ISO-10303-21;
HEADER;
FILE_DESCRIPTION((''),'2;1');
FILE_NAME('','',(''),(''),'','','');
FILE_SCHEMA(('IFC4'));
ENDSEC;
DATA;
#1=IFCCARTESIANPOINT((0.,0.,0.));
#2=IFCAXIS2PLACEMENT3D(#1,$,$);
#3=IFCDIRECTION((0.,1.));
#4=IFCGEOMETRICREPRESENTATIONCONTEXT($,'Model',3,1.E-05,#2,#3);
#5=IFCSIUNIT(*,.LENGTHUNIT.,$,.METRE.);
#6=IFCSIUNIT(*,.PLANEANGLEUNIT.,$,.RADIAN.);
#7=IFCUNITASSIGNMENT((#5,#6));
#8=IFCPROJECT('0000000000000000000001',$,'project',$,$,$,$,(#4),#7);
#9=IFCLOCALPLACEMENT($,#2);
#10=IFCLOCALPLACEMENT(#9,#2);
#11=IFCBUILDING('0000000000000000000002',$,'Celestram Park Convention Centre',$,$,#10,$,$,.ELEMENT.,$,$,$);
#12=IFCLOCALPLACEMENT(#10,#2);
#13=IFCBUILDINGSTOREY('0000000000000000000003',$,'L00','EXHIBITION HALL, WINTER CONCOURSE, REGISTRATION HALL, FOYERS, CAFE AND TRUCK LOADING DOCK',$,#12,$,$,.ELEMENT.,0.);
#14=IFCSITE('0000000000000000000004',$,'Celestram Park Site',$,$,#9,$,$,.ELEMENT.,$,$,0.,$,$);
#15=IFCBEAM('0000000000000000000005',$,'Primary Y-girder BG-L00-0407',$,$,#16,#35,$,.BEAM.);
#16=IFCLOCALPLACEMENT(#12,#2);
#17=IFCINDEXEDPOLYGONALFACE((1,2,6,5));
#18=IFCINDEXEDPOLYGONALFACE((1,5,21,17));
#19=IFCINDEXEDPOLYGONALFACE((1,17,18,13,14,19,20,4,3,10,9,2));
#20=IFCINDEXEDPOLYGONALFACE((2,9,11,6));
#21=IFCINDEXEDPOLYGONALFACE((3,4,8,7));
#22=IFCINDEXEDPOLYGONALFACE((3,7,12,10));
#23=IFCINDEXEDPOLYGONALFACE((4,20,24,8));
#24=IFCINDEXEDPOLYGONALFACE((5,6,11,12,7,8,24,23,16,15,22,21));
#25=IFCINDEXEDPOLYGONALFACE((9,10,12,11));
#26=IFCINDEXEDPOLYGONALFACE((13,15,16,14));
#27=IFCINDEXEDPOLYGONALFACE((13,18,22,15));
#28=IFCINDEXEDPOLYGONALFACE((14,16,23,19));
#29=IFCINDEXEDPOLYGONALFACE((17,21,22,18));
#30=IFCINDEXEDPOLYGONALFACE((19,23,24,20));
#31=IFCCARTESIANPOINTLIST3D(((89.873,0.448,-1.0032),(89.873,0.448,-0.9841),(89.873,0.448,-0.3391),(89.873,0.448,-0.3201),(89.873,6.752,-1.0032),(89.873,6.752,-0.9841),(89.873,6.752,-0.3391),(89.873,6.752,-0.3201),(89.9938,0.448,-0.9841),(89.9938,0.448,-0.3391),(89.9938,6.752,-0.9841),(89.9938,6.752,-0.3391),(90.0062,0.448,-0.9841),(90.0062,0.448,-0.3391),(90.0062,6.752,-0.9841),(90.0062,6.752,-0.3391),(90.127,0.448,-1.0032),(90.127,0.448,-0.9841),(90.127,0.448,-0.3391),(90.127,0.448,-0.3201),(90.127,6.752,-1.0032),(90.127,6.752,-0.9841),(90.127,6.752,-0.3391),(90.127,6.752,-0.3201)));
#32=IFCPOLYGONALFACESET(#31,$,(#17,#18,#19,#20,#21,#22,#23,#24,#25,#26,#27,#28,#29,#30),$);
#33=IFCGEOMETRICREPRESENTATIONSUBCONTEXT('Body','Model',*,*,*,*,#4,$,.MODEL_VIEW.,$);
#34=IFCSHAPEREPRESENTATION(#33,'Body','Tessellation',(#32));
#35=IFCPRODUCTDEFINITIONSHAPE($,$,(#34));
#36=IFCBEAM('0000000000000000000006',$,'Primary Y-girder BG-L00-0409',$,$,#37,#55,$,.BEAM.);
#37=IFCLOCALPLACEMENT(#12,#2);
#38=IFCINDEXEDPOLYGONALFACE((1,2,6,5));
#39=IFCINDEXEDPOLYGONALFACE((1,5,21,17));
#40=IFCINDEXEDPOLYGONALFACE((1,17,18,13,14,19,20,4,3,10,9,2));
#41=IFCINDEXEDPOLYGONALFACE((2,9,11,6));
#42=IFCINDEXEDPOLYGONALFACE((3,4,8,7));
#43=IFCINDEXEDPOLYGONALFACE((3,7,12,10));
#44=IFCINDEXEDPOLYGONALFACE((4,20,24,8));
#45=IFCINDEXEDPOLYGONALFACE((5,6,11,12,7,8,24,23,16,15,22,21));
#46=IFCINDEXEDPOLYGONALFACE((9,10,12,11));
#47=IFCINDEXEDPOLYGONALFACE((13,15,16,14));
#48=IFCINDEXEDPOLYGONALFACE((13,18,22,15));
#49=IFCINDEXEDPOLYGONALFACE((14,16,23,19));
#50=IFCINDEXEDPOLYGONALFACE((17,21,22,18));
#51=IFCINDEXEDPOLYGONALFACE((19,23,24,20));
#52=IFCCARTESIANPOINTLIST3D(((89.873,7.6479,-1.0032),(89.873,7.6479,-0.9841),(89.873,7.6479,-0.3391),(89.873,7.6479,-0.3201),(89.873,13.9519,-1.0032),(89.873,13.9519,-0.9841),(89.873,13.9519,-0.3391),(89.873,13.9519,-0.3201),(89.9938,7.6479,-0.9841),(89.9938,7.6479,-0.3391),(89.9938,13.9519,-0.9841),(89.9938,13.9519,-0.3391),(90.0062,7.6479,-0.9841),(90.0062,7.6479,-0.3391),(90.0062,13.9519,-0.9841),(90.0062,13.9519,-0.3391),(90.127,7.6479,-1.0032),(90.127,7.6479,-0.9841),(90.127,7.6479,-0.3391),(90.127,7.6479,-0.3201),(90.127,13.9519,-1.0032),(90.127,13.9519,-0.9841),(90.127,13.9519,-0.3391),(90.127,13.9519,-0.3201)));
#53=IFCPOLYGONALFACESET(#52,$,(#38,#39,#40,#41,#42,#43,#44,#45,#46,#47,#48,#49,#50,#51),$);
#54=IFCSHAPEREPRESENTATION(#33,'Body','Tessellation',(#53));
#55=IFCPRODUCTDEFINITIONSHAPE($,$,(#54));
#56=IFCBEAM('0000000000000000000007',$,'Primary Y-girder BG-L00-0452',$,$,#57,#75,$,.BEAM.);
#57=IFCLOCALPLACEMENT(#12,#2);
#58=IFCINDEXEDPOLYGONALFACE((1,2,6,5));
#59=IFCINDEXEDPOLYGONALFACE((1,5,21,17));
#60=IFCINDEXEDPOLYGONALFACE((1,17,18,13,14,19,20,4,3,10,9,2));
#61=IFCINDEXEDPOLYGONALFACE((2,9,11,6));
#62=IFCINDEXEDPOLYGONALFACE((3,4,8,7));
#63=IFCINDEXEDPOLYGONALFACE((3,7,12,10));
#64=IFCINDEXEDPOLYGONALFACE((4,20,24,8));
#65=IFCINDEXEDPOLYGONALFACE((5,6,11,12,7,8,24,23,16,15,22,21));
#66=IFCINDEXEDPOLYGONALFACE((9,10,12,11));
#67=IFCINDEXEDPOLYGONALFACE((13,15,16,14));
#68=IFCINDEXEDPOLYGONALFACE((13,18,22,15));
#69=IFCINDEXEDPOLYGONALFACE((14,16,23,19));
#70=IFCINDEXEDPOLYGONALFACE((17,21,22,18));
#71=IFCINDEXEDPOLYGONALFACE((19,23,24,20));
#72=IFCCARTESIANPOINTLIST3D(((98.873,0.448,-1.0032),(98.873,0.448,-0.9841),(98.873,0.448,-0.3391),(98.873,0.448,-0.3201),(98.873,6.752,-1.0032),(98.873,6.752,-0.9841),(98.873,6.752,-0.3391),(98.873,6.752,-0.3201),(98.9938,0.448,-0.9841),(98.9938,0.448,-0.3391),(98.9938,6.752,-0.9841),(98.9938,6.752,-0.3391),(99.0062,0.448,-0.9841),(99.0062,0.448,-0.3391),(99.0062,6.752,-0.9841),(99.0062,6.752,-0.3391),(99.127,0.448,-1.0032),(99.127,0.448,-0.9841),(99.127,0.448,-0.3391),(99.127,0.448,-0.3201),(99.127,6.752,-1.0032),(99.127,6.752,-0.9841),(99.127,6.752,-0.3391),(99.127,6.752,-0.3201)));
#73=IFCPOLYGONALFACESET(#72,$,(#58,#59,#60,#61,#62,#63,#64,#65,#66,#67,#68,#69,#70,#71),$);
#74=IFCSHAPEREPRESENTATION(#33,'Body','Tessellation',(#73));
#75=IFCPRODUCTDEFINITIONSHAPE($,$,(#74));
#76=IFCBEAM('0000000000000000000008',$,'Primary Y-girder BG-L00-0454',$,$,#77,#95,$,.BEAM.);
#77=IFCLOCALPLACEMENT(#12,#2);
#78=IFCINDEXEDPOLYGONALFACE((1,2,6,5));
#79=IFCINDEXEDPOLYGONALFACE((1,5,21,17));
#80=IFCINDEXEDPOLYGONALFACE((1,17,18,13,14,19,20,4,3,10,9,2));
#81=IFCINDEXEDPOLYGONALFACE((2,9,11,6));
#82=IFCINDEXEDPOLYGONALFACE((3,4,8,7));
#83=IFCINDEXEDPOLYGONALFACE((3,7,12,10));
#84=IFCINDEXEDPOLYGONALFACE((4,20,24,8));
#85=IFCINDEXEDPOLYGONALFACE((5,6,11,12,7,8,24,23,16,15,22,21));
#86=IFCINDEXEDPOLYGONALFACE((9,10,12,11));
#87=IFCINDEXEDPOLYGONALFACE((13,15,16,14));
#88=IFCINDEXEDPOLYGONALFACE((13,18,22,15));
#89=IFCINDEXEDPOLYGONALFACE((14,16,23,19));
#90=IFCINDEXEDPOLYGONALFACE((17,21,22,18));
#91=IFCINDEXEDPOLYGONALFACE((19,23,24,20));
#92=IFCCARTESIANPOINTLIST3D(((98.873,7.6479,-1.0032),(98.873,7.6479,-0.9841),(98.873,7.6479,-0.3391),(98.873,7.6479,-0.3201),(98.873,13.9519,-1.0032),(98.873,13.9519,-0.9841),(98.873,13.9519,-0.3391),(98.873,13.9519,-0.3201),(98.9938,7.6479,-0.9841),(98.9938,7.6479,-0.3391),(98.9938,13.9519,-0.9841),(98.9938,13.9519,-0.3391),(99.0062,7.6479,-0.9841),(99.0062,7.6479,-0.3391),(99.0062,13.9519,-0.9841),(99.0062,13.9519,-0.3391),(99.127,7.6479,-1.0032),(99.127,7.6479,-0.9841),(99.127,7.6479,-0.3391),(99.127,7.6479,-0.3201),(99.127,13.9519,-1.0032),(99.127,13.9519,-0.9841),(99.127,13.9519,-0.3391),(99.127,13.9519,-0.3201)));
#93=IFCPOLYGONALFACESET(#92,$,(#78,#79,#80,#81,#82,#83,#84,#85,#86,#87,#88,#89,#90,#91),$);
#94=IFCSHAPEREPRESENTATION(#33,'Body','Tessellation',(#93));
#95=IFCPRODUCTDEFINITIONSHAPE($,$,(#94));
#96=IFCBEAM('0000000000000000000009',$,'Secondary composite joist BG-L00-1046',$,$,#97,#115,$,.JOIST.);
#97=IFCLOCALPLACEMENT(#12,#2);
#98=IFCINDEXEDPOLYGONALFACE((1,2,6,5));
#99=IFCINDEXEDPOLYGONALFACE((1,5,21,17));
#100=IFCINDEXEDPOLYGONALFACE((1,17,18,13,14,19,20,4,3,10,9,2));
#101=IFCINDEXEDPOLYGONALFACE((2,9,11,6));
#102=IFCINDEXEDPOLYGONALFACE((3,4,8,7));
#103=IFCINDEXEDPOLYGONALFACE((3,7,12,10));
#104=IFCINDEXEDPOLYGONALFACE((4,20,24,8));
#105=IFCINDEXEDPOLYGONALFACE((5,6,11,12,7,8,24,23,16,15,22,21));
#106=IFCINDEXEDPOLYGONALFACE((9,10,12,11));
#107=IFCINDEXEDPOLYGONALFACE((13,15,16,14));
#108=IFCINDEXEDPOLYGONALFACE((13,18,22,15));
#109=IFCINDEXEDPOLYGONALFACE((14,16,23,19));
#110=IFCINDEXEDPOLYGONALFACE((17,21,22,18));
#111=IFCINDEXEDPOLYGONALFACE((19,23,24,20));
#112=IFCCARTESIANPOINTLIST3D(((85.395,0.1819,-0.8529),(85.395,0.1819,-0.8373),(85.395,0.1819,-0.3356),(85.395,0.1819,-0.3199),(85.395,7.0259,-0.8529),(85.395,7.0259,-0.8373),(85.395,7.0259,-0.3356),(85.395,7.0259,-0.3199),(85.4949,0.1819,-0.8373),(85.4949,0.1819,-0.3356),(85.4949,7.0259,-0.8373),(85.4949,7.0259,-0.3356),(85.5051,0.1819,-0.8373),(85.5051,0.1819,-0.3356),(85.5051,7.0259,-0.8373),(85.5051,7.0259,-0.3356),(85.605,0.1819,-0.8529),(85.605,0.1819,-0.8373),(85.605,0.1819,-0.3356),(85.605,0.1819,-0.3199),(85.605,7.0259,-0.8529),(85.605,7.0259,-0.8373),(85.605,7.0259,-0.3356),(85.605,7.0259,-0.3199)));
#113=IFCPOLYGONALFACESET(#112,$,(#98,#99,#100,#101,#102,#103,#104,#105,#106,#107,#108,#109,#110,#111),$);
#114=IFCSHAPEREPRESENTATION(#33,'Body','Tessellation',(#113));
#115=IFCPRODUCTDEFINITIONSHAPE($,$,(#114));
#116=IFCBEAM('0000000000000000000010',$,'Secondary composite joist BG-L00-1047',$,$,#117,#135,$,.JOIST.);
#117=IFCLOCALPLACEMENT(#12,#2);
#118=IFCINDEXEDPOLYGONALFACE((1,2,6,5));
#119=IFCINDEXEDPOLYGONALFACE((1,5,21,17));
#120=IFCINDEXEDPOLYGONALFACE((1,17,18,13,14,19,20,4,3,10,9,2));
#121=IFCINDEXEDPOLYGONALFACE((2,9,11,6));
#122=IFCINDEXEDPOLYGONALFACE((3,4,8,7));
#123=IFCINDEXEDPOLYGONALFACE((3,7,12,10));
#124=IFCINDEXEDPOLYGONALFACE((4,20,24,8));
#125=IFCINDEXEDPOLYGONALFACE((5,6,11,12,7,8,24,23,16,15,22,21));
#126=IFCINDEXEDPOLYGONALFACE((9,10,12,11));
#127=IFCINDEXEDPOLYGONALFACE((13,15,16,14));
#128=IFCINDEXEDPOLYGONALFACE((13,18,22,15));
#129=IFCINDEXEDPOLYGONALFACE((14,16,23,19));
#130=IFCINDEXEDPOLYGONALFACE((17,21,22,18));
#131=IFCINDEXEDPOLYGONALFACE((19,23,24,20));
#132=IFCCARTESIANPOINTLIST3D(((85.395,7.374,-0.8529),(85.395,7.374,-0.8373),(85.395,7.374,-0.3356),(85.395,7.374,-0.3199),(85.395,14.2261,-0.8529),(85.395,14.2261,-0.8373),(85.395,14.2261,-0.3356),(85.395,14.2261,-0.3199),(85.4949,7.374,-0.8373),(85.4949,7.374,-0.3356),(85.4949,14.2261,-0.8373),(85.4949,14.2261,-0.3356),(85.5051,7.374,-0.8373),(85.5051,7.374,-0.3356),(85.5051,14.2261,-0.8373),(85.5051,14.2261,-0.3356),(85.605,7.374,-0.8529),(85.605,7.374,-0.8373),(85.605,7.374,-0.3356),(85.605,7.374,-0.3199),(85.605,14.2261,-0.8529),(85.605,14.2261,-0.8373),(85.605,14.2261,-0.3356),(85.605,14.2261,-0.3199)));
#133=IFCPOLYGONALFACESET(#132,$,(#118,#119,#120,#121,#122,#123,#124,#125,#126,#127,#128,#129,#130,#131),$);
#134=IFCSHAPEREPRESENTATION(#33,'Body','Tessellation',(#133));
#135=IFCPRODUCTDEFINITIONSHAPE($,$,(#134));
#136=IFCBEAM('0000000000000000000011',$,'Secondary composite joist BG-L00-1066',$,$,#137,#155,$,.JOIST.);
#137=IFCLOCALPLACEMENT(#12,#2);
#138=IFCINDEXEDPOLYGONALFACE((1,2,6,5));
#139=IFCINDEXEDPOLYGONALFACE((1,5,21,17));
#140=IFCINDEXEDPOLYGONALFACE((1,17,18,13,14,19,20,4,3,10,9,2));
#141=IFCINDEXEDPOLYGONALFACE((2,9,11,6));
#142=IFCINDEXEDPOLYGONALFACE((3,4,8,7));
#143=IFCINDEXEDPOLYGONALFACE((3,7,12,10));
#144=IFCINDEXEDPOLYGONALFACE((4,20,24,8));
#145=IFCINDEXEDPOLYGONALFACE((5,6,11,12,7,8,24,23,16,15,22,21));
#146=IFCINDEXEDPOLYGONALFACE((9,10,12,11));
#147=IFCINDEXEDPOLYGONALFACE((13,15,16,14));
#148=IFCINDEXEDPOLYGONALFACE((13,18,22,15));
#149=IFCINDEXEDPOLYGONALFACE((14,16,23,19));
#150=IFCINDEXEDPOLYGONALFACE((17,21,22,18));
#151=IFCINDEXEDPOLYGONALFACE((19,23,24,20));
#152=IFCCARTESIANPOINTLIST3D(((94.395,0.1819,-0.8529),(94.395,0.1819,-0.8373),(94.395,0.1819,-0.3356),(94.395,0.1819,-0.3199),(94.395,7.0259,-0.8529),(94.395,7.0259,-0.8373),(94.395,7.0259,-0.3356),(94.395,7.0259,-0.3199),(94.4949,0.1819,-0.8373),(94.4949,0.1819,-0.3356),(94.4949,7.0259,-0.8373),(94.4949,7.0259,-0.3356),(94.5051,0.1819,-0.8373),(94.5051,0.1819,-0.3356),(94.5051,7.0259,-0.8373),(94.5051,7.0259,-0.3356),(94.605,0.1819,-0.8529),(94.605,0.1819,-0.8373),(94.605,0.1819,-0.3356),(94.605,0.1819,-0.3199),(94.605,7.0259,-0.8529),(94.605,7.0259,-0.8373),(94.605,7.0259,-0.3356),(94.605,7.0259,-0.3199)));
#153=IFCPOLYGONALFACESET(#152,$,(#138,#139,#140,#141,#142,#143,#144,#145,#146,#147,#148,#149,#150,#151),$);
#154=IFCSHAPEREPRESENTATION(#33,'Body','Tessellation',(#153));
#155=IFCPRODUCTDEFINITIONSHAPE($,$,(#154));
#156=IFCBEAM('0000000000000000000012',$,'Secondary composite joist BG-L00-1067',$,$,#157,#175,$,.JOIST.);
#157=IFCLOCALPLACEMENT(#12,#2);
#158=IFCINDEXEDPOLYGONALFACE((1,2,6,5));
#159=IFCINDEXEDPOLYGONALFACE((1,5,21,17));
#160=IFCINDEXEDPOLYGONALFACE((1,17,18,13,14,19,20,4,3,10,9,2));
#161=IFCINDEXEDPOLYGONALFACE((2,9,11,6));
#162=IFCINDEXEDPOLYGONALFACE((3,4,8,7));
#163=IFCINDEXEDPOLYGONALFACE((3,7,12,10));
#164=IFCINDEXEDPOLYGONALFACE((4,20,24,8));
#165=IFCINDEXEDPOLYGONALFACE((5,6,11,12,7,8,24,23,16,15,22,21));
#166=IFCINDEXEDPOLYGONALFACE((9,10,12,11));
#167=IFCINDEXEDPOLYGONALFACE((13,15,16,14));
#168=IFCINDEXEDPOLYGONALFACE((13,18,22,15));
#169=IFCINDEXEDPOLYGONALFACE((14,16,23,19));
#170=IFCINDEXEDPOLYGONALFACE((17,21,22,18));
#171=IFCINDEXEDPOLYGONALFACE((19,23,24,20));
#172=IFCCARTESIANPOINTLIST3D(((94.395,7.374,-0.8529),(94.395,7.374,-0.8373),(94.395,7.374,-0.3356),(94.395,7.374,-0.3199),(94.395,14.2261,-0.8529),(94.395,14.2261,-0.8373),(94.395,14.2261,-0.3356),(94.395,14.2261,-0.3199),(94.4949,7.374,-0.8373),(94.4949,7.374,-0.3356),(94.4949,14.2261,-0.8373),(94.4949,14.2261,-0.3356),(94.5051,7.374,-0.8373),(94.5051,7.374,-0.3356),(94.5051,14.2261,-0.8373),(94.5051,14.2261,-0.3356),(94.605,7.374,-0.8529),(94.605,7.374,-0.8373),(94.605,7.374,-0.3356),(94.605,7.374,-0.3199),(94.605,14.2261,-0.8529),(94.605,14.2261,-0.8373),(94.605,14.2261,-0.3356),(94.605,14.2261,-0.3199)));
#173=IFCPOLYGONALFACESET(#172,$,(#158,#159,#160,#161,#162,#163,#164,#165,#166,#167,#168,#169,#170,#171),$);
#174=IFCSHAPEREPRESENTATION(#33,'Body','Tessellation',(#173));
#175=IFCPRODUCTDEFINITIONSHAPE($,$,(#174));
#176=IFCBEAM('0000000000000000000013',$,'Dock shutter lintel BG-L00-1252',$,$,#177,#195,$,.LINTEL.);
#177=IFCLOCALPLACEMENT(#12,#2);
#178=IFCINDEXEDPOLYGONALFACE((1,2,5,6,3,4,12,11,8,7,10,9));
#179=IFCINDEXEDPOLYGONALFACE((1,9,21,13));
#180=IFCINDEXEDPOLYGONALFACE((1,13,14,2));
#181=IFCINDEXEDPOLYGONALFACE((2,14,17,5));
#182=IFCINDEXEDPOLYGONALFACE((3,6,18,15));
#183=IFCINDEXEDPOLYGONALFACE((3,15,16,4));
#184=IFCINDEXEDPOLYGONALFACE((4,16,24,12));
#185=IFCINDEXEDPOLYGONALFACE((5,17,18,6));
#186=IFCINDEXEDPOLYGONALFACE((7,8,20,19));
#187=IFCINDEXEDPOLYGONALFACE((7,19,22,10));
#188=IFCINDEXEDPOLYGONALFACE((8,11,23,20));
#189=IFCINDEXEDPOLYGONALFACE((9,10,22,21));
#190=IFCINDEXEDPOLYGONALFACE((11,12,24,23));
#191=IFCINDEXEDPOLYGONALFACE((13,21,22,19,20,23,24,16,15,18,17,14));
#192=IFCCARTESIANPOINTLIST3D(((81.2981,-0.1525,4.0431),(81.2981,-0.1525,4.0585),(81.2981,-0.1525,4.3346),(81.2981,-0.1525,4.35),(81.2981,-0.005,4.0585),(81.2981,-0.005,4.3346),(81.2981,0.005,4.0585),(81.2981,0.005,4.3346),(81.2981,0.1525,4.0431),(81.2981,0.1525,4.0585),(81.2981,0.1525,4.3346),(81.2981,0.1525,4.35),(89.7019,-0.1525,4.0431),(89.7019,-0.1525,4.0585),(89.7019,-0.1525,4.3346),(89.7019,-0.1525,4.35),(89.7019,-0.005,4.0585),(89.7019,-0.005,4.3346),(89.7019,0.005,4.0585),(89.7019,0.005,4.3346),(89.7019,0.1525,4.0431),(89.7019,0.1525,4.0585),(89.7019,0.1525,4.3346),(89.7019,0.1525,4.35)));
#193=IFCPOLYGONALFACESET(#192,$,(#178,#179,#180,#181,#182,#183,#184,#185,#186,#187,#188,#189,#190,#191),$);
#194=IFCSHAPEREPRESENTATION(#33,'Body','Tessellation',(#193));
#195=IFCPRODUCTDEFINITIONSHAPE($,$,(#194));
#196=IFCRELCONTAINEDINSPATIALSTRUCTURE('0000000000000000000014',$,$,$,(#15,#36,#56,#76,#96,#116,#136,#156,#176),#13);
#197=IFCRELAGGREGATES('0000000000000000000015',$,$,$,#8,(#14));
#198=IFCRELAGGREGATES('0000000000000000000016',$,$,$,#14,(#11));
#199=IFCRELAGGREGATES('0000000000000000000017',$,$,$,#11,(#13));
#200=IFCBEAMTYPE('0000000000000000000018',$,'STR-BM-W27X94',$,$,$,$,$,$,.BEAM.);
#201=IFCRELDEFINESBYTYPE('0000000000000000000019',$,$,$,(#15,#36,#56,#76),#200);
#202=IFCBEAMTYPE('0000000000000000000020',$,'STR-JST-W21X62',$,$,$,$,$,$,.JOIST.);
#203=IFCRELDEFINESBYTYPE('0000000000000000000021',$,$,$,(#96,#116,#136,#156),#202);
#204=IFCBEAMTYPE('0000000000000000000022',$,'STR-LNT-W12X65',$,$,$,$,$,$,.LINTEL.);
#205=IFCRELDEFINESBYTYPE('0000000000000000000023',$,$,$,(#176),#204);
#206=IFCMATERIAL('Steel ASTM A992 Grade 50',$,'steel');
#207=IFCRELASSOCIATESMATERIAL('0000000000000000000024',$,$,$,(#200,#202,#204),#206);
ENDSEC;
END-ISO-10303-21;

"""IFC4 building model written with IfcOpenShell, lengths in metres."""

from ifc_helpers import new_model, si_unit, direction, frame, origin, origin_2d, place, context, subcontext, project, spatial, i_section, extrude, material, material_profile, profile_set, type_object, element, save


model = new_model("IFC4")

# Units and contexts
model_context = context("Model", 3, precision=1e-05, world=origin(), true_north=direction((0.0, 1.0)))
body_context = subcontext(model_context, "Body", "Model", "MODEL_VIEW")
ifc_project = project(units=[si_unit("LENGTHUNIT", "METRE"), si_unit("PLANEANGLEUNIT", "RADIAN")], contexts=[model_context])

# Site, building, storey
site_placement = place(None, origin())
site = spatial("IfcSite", under=ifc_project, at=site_placement, Name="Celestram Park Site", CompositionType="ELEMENT", RefElevation=0.0)
building_placement = place(site_placement, origin())
building = spatial("IfcBuilding", under=site, at=building_placement, Name="Celestram Park Convention Centre", CompositionType="ELEMENT")
storey_placement = place(building_placement, origin())
storey = spatial("IfcBuildingStorey", under=building, at=storey_placement, Name="L00", Description="EXHIBITION HALL, WINTER CONCOURSE, REGISTRATION HALL, FOYERS, CAFE AND TRUCK LOADING DOCK", CompositionType="ELEMENT", Elevation=0.0)

# Beams
ifc_material_1 = material(Name="Steel ASTM A992 Grade 50", Category="steel")
ifc_material_profile_1 = material_profile(ifc_material_1, i_section(OverallWidth=0.2539, OverallDepth=0.6831, WebThickness=0.0125, FlangeThickness=0.019, at=origin_2d()), Name="W27X94")
ifc_profile_set_1 = profile_set([ifc_material_profile_1], Name="Steel ASTM A992 Grade 50")
beam_type_1 = type_object("IfcBeamType", Name="STR-BM-W27X94", PredefinedType="BEAM", material=ifc_profile_set_1)
for number, where, z_axis, x_axis, name in (
    (1, (90.0, 0.448, -0.6616), (0.0, 1.0, 0.0), (-1.0, 0.0, 0.0), "Primary Y-girder BG-L00-0407"),
    (2, (90.0, 7.6479, -0.6616), (0.0, 1.0, 0.0), (-1.0, 0.0, 0.0), "Primary Y-girder BG-L00-0409"),
    (3, (99.0, 0.448, -0.6616), (0.0, 1.0, 0.0), (-1.0, 0.0, 0.0), "Primary Y-girder BG-L00-0452"),
    (4, (99.0, 7.6479, -0.6616), (0.0, 1.0, 0.0), (-1.0, 0.0, 0.0), "Primary Y-girder BG-L00-0454"),
):
    element("IfcBeam", number, at=place(storey_placement, frame(where, z_axis=z_axis, x_axis=x_axis)), inside=storey, type_object=beam_type_1, Name=name, PredefinedType="BEAM", context=body_context, shape_type="SweptSolid", body=[
        extrude(i_section(OverallWidth=0.2539, OverallDepth=0.6831, WebThickness=0.0125, FlangeThickness=0.019, at=origin_2d()), origin(), (0.0, 0.0, 1.0), 6.304),
    ])
ifc_material_profile_2 = material_profile(ifc_material_1, i_section(OverallWidth=0.21, OverallDepth=0.533, WebThickness=0.0103, FlangeThickness=0.0156, at=origin_2d()), Name="W21X62")
ifc_profile_set_2 = profile_set([ifc_material_profile_2], Name="Steel ASTM A992 Grade 50")
beam_type_2 = type_object("IfcBeamType", Name="STR-JST-W21X62", PredefinedType="JOIST", material=ifc_profile_set_2)
beam_1_placement = place(storey_placement, frame((85.5, 0.1819, -0.5864), z_axis=(0.0, 1.0, 0.0), x_axis=(-1.0, 0.0, 0.0)))
element("IfcBeam", 5, at=beam_1_placement, inside=storey, type_object=beam_type_2, Name="Secondary composite joist BG-L00-1046", PredefinedType="JOIST", context=body_context, shape_type="SweptSolid", body=[
    extrude(i_section(OverallWidth=0.21, OverallDepth=0.533, WebThickness=0.0103, FlangeThickness=0.0156, at=origin_2d()), origin(), (0.0, 0.0, 1.0), 6.844),
])
beam_2_placement = place(storey_placement, frame((85.5, 7.374, -0.5864), z_axis=(0.0, 1.0, 0.0), x_axis=(-1.0, 0.0, 0.0)))
element("IfcBeam", 6, at=beam_2_placement, inside=storey, type_object=beam_type_2, Name="Secondary composite joist BG-L00-1047", PredefinedType="JOIST", context=body_context, shape_type="SweptSolid", body=[
    extrude(i_section(OverallWidth=0.21, OverallDepth=0.533, WebThickness=0.0103, FlangeThickness=0.0156, at=origin_2d()), origin(), (0.0, 0.0, 1.0), 6.8521),
])
beam_3_placement = place(storey_placement, frame((94.5, 0.1819, -0.5864), z_axis=(0.0, 1.0, 0.0), x_axis=(-1.0, 0.0, 0.0)))
element("IfcBeam", 7, at=beam_3_placement, inside=storey, type_object=beam_type_2, Name="Secondary composite joist BG-L00-1066", PredefinedType="JOIST", context=body_context, shape_type="SweptSolid", body=[
    extrude(i_section(OverallWidth=0.21, OverallDepth=0.533, WebThickness=0.0103, FlangeThickness=0.0156, at=origin_2d()), origin(), (0.0, 0.0, 1.0), 6.844),
])
beam_4_placement = place(storey_placement, frame((94.5, 7.374, -0.5864), z_axis=(0.0, 1.0, 0.0), x_axis=(-1.0, 0.0, 0.0)))
element("IfcBeam", 8, at=beam_4_placement, inside=storey, type_object=beam_type_2, Name="Secondary composite joist BG-L00-1067", PredefinedType="JOIST", context=body_context, shape_type="SweptSolid", body=[
    extrude(i_section(OverallWidth=0.21, OverallDepth=0.533, WebThickness=0.0103, FlangeThickness=0.0156, at=origin_2d()), origin(), (0.0, 0.0, 1.0), 6.8521),
])
ifc_material_profile_3 = material_profile(ifc_material_1, i_section(OverallWidth=0.3049, OverallDepth=0.3069, WebThickness=0.01, FlangeThickness=0.0154, at=origin_2d()), Name="W12X65")
ifc_profile_set_3 = profile_set([ifc_material_profile_3], Name="Steel ASTM A992 Grade 50")
beam_type_3 = type_object("IfcBeamType", Name="STR-LNT-W12X65", PredefinedType="LINTEL", material=ifc_profile_set_3)
beam_5_placement = place(storey_placement, frame((81.2981, 0.0, 4.1965), z_axis=(1.0, 0.0, 0.0), x_axis=(0.0, 1.0, 0.0)))
element("IfcBeam", 9, at=beam_5_placement, inside=storey, type_object=beam_type_3, Name="Dock shutter lintel BG-L00-1252", PredefinedType="LINTEL", context=body_context, shape_type="SweptSolid", body=[
    extrude(i_section(OverallWidth=0.3049, OverallDepth=0.3069, WebThickness=0.01, FlangeThickness=0.0154, at=origin_2d()), origin(), (0.0, 0.0, 1.0), 8.4038),
])

save(model, "model.ifc")
